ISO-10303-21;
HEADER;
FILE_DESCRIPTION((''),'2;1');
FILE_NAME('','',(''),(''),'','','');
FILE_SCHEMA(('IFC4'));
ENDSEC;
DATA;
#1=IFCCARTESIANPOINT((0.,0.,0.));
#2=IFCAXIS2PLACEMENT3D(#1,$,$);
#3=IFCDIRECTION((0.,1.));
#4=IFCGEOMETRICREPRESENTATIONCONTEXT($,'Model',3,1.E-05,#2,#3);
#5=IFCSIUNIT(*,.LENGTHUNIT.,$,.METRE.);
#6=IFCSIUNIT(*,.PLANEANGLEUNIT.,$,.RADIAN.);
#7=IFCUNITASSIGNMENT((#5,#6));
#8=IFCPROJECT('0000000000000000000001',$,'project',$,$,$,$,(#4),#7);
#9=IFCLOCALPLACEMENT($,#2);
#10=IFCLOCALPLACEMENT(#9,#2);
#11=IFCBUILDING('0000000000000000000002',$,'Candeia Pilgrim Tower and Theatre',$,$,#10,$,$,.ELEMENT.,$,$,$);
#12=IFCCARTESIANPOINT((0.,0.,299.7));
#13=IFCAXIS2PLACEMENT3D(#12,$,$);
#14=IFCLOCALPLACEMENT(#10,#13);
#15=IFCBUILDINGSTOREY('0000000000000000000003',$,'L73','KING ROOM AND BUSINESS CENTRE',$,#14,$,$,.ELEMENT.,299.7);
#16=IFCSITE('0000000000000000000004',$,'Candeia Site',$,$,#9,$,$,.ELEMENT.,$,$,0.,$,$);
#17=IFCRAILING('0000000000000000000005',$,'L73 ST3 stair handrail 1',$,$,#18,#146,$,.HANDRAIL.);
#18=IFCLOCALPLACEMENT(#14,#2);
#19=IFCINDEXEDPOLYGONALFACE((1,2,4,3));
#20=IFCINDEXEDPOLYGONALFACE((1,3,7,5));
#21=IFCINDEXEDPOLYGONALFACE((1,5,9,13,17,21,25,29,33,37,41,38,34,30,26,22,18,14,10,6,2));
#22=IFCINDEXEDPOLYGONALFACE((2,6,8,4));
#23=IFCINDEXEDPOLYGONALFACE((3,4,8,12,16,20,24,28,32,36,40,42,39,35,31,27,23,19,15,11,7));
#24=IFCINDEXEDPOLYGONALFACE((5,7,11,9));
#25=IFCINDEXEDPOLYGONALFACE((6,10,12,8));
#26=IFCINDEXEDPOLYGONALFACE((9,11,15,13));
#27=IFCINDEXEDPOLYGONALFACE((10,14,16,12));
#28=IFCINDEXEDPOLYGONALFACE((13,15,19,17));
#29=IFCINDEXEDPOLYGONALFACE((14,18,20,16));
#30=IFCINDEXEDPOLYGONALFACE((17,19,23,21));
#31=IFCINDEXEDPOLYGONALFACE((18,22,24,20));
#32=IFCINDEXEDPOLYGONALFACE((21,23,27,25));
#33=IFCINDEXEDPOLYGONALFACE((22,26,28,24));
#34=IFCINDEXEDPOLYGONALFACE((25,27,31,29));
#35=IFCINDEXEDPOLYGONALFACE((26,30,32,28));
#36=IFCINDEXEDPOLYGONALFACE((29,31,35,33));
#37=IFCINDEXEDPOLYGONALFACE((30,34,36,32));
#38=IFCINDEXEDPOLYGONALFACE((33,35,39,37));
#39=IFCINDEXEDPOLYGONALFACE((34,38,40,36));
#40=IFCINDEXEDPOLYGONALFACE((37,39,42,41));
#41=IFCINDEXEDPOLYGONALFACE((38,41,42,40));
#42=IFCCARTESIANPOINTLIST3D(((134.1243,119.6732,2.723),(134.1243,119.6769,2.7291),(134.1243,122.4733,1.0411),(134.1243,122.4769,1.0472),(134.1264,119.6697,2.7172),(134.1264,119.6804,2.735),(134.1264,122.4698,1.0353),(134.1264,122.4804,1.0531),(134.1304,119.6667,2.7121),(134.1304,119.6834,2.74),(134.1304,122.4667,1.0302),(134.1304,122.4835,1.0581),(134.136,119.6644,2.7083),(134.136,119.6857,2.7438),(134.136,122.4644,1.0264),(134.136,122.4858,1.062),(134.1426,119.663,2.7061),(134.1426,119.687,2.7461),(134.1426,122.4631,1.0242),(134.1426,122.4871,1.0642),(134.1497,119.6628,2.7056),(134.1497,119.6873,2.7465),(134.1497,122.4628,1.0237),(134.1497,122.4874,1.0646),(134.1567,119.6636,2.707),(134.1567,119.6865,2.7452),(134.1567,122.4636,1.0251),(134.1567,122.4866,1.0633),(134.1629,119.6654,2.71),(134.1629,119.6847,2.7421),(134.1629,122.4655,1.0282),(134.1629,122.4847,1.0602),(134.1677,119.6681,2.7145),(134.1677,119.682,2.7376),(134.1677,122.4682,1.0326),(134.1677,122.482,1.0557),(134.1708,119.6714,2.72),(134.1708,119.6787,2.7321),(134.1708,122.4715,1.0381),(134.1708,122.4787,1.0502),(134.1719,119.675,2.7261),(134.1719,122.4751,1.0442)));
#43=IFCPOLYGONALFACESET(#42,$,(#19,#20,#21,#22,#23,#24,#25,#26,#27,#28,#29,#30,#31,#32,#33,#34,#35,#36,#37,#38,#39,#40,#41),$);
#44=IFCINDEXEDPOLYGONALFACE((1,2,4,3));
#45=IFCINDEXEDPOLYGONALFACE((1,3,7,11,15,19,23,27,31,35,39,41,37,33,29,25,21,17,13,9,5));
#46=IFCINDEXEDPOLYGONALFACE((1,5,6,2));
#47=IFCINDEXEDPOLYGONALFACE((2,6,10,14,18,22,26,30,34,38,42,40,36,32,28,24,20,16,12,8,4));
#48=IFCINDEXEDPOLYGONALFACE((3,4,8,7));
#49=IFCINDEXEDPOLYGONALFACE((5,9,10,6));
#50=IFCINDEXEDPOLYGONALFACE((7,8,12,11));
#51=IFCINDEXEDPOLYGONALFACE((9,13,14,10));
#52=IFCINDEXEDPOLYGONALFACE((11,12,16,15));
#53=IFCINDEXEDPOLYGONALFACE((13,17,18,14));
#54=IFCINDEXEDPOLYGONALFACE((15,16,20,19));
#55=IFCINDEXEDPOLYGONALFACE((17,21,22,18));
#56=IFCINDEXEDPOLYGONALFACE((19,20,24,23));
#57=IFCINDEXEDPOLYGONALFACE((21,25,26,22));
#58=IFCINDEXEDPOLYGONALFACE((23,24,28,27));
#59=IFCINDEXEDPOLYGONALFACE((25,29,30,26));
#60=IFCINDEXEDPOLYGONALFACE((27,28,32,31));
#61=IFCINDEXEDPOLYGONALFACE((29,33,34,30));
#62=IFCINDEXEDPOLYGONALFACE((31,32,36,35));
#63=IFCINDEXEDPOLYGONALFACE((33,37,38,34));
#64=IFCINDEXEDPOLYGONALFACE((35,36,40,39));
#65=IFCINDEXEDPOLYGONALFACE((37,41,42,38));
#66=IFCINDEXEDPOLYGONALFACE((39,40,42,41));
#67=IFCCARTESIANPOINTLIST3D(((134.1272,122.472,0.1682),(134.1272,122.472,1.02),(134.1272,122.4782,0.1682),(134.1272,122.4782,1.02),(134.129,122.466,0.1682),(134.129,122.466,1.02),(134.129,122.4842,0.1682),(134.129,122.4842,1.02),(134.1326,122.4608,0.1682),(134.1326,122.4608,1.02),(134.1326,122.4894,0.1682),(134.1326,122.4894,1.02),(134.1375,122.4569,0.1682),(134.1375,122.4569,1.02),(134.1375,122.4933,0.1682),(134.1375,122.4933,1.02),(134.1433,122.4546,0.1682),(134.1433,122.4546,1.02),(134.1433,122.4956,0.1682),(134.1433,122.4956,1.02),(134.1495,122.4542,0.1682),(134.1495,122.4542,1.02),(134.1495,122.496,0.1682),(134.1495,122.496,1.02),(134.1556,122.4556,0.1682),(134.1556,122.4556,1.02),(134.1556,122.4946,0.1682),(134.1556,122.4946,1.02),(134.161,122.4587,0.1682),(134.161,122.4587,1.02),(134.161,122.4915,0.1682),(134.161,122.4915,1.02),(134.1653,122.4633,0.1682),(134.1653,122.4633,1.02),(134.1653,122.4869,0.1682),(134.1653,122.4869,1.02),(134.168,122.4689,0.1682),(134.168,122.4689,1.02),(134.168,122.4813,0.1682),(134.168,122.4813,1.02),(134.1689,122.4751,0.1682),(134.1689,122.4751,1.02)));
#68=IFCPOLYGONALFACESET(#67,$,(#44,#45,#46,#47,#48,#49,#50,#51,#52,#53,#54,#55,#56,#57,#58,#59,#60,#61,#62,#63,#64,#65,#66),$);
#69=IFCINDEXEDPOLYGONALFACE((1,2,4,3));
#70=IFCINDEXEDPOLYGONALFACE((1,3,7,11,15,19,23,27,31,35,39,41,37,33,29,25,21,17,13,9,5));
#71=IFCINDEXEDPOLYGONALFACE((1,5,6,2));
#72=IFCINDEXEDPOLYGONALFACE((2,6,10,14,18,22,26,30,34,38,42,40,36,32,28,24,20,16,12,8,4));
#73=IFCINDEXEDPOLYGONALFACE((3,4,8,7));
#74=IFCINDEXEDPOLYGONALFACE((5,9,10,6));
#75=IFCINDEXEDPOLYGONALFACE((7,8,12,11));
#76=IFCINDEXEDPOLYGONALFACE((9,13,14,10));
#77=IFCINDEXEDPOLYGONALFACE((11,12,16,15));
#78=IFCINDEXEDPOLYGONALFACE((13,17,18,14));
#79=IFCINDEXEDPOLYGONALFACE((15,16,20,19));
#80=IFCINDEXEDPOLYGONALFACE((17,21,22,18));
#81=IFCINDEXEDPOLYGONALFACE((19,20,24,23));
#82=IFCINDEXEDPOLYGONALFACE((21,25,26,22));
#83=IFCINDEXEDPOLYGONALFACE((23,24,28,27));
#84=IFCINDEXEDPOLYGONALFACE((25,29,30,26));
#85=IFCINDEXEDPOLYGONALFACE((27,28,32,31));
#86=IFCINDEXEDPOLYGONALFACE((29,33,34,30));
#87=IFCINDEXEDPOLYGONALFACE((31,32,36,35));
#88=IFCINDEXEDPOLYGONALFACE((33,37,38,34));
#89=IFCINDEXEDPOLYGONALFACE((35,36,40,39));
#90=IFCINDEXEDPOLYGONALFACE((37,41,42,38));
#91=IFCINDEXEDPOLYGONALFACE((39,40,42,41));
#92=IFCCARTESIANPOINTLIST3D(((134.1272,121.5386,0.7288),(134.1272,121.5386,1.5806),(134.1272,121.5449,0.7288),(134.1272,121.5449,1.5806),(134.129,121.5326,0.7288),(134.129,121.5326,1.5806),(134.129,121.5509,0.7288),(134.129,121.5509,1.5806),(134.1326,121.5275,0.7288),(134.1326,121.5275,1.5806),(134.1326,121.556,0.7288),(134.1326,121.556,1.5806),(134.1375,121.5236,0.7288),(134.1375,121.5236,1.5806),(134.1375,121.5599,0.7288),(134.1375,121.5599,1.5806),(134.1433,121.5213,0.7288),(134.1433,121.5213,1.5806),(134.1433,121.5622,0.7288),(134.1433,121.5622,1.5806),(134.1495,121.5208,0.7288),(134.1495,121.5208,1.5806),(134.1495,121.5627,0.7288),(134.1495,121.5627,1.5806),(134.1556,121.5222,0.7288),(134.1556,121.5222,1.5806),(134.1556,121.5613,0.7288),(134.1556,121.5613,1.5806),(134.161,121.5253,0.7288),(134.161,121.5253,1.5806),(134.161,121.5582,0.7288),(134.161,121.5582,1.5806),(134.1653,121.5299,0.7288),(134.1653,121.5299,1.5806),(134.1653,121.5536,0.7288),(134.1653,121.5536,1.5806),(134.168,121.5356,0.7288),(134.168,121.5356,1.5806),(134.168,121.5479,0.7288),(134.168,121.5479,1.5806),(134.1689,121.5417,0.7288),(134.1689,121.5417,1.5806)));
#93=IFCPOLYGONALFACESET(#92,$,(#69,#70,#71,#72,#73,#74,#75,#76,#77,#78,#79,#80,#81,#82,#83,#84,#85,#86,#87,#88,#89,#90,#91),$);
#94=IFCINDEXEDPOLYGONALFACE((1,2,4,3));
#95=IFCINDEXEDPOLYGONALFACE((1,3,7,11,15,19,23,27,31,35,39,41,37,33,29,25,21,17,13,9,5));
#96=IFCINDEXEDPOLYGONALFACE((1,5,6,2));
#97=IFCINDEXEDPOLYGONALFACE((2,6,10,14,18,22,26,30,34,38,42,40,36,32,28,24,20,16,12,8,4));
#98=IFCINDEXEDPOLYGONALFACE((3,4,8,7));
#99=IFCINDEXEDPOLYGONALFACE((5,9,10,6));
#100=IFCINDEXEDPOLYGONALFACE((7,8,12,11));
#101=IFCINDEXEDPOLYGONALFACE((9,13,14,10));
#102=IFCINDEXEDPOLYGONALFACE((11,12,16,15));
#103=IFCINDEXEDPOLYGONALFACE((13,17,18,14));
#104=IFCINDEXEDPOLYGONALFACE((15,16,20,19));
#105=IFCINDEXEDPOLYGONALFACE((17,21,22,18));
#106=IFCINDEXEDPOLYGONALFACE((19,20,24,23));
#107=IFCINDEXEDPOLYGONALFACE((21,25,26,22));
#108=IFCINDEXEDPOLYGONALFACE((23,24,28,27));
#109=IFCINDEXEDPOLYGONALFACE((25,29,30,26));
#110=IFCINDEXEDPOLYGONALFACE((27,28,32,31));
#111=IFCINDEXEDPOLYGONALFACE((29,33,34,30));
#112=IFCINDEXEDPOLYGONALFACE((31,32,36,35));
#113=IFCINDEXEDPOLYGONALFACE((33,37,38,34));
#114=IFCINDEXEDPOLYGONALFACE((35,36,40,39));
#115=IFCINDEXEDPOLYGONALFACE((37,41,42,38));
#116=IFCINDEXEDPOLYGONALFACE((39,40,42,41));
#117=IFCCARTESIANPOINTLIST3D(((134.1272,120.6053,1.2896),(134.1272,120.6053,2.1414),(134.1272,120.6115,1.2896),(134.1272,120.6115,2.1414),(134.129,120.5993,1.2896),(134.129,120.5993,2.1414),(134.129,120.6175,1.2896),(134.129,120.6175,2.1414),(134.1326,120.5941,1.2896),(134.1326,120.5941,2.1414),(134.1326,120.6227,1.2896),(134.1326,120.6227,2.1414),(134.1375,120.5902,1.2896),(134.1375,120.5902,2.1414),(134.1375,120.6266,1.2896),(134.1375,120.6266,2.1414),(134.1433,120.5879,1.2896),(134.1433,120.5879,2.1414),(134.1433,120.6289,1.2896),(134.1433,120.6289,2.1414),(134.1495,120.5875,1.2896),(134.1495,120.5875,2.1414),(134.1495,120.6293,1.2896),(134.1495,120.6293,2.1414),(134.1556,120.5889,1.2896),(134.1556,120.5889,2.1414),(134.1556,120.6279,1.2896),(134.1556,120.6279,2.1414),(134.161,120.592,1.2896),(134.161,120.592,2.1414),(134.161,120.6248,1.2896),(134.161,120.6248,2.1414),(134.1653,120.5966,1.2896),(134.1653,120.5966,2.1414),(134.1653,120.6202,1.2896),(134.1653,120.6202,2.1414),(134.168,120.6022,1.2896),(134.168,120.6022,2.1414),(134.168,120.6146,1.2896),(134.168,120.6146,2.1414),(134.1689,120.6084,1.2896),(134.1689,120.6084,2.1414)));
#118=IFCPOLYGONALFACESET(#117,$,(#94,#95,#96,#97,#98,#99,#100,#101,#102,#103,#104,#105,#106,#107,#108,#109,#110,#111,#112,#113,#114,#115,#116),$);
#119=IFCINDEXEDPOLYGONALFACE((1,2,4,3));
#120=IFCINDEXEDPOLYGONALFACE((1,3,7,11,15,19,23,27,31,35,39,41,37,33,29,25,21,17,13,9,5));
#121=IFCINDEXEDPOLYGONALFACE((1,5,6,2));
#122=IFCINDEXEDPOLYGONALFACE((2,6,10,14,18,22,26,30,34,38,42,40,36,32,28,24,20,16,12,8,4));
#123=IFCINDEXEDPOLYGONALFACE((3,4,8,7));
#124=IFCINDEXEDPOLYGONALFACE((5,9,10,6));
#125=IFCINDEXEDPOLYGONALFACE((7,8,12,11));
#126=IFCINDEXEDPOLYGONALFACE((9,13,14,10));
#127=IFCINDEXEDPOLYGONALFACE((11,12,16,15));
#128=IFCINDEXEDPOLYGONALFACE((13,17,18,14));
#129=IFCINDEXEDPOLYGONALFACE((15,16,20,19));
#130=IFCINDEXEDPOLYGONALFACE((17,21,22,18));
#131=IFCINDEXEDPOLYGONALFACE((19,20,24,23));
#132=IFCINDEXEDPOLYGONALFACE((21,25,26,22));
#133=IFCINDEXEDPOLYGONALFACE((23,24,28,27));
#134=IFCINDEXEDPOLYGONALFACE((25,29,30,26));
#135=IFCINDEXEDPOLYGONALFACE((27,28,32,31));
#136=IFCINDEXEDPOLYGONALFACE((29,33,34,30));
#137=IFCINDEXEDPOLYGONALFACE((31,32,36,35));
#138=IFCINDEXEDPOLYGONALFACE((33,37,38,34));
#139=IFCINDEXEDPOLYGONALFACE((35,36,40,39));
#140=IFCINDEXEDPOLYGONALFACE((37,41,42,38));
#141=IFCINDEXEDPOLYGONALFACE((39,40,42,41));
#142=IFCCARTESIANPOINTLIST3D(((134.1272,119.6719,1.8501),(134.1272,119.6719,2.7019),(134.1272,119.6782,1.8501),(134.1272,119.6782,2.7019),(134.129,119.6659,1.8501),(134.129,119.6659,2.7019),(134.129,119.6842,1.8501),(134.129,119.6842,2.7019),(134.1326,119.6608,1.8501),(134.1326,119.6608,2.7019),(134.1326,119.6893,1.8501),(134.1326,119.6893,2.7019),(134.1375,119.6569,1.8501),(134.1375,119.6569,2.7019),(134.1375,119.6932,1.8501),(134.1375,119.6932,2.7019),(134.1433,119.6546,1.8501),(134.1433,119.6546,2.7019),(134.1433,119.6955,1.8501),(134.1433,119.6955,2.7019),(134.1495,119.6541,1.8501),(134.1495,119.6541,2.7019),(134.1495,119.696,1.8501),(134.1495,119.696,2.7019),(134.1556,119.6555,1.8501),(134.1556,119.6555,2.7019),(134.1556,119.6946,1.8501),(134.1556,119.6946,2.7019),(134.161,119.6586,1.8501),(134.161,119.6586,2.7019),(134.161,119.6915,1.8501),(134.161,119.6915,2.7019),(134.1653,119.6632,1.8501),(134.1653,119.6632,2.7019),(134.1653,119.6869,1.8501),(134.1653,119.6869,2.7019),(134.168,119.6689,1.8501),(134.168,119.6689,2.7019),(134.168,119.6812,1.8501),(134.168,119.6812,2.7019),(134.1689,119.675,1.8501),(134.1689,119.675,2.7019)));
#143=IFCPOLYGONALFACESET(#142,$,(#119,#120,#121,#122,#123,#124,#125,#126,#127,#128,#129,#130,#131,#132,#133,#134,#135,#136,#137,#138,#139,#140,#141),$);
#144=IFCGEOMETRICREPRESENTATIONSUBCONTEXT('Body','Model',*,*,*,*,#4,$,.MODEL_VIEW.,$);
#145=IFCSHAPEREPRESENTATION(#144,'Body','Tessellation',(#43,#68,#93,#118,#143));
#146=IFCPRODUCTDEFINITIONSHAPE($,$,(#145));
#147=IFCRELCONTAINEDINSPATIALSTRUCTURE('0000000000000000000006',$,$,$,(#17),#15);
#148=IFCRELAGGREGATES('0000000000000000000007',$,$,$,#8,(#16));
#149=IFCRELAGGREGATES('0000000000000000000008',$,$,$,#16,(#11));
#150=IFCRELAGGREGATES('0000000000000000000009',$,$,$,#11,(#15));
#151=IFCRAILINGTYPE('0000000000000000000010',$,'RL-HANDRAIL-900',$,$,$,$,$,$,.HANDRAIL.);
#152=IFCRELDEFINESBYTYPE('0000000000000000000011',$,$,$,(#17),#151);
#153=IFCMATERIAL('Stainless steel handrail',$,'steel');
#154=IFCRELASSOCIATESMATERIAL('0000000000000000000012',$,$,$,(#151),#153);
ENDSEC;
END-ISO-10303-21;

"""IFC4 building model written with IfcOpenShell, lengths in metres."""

from ifc_helpers import new_model, si_unit, direction, frame, origin, origin_2d, place, context, subcontext, project, spatial, circle, extrude, material, type_object, element, save


model = new_model("IFC4")

# Units and contexts
model_context = context("Model", 3, precision=1e-05, world=origin(), true_north=direction((0.0, 1.0)))
body_context = subcontext(model_context, "Body", "Model", "MODEL_VIEW")
ifc_project = project(units=[si_unit("LENGTHUNIT", "METRE"), si_unit("PLANEANGLEUNIT", "RADIAN")], contexts=[model_context])

# Site, building, storey
site_placement = place(None, origin())
site = spatial("IfcSite", under=ifc_project, at=site_placement, Name="Candeia Site", CompositionType="ELEMENT", RefElevation=0.0)
building_placement = place(site_placement, origin())
building = spatial("IfcBuilding", under=site, at=building_placement, Name="Candeia Pilgrim Tower and Theatre", CompositionType="ELEMENT")
storey_placement = place(building_placement, frame((0.0, 0.0, 299.7)))
storey = spatial("IfcBuildingStorey", under=building, at=storey_placement, Name="L73", Description="KING ROOM AND BUSINESS CENTRE", CompositionType="ELEMENT", Elevation=299.7)

# Railing
ifc_material_1 = material(Name="Stainless steel handrail", Category="steel")
railing_type_1 = type_object("IfcRailingType", Name="RL-HANDRAIL-900", PredefinedType="HANDRAIL", material=ifc_material_1)
railing_1_placement = place(storey_placement, frame((134.1479, 122.4751, 0.1682)))
element("IfcRailing", 1, at=railing_1_placement, inside=storey, type_object=railing_type_1, Name="L73 ST3 stair handrail 1", PredefinedType="HANDRAIL", context=body_context, shape_type="SweptSolid", body=[
    extrude(circle(Radius=0.0239, at=origin_2d()), frame((0.0, 0.0, 0.876), z_axis=(0.0, -0.857242, 0.514913), x_axis=(1.0, 0.0, 0.0)), (0.0, 0.0, 1.0), 3.2664),
    extrude(circle(Radius=0.021, at=origin_2d()), origin(), (0.0, 0.0, 1.0), 0.8518),
    extrude(circle(Radius=0.021, at=origin_2d()), frame((0.0, -0.9333, 0.5605)), (0.0, 0.0, 1.0), 0.8518),
    extrude(circle(Radius=0.021, at=origin_2d()), frame((0.0, -1.8667, 1.1213)), (0.0, 0.0, 1.0), 0.8518),
    extrude(circle(Radius=0.021, at=origin_2d()), frame((0.0, -2.8, 1.6819)), (0.0, 0.0, 1.0), 0.8518),
])

save(model, "model.ifc")
